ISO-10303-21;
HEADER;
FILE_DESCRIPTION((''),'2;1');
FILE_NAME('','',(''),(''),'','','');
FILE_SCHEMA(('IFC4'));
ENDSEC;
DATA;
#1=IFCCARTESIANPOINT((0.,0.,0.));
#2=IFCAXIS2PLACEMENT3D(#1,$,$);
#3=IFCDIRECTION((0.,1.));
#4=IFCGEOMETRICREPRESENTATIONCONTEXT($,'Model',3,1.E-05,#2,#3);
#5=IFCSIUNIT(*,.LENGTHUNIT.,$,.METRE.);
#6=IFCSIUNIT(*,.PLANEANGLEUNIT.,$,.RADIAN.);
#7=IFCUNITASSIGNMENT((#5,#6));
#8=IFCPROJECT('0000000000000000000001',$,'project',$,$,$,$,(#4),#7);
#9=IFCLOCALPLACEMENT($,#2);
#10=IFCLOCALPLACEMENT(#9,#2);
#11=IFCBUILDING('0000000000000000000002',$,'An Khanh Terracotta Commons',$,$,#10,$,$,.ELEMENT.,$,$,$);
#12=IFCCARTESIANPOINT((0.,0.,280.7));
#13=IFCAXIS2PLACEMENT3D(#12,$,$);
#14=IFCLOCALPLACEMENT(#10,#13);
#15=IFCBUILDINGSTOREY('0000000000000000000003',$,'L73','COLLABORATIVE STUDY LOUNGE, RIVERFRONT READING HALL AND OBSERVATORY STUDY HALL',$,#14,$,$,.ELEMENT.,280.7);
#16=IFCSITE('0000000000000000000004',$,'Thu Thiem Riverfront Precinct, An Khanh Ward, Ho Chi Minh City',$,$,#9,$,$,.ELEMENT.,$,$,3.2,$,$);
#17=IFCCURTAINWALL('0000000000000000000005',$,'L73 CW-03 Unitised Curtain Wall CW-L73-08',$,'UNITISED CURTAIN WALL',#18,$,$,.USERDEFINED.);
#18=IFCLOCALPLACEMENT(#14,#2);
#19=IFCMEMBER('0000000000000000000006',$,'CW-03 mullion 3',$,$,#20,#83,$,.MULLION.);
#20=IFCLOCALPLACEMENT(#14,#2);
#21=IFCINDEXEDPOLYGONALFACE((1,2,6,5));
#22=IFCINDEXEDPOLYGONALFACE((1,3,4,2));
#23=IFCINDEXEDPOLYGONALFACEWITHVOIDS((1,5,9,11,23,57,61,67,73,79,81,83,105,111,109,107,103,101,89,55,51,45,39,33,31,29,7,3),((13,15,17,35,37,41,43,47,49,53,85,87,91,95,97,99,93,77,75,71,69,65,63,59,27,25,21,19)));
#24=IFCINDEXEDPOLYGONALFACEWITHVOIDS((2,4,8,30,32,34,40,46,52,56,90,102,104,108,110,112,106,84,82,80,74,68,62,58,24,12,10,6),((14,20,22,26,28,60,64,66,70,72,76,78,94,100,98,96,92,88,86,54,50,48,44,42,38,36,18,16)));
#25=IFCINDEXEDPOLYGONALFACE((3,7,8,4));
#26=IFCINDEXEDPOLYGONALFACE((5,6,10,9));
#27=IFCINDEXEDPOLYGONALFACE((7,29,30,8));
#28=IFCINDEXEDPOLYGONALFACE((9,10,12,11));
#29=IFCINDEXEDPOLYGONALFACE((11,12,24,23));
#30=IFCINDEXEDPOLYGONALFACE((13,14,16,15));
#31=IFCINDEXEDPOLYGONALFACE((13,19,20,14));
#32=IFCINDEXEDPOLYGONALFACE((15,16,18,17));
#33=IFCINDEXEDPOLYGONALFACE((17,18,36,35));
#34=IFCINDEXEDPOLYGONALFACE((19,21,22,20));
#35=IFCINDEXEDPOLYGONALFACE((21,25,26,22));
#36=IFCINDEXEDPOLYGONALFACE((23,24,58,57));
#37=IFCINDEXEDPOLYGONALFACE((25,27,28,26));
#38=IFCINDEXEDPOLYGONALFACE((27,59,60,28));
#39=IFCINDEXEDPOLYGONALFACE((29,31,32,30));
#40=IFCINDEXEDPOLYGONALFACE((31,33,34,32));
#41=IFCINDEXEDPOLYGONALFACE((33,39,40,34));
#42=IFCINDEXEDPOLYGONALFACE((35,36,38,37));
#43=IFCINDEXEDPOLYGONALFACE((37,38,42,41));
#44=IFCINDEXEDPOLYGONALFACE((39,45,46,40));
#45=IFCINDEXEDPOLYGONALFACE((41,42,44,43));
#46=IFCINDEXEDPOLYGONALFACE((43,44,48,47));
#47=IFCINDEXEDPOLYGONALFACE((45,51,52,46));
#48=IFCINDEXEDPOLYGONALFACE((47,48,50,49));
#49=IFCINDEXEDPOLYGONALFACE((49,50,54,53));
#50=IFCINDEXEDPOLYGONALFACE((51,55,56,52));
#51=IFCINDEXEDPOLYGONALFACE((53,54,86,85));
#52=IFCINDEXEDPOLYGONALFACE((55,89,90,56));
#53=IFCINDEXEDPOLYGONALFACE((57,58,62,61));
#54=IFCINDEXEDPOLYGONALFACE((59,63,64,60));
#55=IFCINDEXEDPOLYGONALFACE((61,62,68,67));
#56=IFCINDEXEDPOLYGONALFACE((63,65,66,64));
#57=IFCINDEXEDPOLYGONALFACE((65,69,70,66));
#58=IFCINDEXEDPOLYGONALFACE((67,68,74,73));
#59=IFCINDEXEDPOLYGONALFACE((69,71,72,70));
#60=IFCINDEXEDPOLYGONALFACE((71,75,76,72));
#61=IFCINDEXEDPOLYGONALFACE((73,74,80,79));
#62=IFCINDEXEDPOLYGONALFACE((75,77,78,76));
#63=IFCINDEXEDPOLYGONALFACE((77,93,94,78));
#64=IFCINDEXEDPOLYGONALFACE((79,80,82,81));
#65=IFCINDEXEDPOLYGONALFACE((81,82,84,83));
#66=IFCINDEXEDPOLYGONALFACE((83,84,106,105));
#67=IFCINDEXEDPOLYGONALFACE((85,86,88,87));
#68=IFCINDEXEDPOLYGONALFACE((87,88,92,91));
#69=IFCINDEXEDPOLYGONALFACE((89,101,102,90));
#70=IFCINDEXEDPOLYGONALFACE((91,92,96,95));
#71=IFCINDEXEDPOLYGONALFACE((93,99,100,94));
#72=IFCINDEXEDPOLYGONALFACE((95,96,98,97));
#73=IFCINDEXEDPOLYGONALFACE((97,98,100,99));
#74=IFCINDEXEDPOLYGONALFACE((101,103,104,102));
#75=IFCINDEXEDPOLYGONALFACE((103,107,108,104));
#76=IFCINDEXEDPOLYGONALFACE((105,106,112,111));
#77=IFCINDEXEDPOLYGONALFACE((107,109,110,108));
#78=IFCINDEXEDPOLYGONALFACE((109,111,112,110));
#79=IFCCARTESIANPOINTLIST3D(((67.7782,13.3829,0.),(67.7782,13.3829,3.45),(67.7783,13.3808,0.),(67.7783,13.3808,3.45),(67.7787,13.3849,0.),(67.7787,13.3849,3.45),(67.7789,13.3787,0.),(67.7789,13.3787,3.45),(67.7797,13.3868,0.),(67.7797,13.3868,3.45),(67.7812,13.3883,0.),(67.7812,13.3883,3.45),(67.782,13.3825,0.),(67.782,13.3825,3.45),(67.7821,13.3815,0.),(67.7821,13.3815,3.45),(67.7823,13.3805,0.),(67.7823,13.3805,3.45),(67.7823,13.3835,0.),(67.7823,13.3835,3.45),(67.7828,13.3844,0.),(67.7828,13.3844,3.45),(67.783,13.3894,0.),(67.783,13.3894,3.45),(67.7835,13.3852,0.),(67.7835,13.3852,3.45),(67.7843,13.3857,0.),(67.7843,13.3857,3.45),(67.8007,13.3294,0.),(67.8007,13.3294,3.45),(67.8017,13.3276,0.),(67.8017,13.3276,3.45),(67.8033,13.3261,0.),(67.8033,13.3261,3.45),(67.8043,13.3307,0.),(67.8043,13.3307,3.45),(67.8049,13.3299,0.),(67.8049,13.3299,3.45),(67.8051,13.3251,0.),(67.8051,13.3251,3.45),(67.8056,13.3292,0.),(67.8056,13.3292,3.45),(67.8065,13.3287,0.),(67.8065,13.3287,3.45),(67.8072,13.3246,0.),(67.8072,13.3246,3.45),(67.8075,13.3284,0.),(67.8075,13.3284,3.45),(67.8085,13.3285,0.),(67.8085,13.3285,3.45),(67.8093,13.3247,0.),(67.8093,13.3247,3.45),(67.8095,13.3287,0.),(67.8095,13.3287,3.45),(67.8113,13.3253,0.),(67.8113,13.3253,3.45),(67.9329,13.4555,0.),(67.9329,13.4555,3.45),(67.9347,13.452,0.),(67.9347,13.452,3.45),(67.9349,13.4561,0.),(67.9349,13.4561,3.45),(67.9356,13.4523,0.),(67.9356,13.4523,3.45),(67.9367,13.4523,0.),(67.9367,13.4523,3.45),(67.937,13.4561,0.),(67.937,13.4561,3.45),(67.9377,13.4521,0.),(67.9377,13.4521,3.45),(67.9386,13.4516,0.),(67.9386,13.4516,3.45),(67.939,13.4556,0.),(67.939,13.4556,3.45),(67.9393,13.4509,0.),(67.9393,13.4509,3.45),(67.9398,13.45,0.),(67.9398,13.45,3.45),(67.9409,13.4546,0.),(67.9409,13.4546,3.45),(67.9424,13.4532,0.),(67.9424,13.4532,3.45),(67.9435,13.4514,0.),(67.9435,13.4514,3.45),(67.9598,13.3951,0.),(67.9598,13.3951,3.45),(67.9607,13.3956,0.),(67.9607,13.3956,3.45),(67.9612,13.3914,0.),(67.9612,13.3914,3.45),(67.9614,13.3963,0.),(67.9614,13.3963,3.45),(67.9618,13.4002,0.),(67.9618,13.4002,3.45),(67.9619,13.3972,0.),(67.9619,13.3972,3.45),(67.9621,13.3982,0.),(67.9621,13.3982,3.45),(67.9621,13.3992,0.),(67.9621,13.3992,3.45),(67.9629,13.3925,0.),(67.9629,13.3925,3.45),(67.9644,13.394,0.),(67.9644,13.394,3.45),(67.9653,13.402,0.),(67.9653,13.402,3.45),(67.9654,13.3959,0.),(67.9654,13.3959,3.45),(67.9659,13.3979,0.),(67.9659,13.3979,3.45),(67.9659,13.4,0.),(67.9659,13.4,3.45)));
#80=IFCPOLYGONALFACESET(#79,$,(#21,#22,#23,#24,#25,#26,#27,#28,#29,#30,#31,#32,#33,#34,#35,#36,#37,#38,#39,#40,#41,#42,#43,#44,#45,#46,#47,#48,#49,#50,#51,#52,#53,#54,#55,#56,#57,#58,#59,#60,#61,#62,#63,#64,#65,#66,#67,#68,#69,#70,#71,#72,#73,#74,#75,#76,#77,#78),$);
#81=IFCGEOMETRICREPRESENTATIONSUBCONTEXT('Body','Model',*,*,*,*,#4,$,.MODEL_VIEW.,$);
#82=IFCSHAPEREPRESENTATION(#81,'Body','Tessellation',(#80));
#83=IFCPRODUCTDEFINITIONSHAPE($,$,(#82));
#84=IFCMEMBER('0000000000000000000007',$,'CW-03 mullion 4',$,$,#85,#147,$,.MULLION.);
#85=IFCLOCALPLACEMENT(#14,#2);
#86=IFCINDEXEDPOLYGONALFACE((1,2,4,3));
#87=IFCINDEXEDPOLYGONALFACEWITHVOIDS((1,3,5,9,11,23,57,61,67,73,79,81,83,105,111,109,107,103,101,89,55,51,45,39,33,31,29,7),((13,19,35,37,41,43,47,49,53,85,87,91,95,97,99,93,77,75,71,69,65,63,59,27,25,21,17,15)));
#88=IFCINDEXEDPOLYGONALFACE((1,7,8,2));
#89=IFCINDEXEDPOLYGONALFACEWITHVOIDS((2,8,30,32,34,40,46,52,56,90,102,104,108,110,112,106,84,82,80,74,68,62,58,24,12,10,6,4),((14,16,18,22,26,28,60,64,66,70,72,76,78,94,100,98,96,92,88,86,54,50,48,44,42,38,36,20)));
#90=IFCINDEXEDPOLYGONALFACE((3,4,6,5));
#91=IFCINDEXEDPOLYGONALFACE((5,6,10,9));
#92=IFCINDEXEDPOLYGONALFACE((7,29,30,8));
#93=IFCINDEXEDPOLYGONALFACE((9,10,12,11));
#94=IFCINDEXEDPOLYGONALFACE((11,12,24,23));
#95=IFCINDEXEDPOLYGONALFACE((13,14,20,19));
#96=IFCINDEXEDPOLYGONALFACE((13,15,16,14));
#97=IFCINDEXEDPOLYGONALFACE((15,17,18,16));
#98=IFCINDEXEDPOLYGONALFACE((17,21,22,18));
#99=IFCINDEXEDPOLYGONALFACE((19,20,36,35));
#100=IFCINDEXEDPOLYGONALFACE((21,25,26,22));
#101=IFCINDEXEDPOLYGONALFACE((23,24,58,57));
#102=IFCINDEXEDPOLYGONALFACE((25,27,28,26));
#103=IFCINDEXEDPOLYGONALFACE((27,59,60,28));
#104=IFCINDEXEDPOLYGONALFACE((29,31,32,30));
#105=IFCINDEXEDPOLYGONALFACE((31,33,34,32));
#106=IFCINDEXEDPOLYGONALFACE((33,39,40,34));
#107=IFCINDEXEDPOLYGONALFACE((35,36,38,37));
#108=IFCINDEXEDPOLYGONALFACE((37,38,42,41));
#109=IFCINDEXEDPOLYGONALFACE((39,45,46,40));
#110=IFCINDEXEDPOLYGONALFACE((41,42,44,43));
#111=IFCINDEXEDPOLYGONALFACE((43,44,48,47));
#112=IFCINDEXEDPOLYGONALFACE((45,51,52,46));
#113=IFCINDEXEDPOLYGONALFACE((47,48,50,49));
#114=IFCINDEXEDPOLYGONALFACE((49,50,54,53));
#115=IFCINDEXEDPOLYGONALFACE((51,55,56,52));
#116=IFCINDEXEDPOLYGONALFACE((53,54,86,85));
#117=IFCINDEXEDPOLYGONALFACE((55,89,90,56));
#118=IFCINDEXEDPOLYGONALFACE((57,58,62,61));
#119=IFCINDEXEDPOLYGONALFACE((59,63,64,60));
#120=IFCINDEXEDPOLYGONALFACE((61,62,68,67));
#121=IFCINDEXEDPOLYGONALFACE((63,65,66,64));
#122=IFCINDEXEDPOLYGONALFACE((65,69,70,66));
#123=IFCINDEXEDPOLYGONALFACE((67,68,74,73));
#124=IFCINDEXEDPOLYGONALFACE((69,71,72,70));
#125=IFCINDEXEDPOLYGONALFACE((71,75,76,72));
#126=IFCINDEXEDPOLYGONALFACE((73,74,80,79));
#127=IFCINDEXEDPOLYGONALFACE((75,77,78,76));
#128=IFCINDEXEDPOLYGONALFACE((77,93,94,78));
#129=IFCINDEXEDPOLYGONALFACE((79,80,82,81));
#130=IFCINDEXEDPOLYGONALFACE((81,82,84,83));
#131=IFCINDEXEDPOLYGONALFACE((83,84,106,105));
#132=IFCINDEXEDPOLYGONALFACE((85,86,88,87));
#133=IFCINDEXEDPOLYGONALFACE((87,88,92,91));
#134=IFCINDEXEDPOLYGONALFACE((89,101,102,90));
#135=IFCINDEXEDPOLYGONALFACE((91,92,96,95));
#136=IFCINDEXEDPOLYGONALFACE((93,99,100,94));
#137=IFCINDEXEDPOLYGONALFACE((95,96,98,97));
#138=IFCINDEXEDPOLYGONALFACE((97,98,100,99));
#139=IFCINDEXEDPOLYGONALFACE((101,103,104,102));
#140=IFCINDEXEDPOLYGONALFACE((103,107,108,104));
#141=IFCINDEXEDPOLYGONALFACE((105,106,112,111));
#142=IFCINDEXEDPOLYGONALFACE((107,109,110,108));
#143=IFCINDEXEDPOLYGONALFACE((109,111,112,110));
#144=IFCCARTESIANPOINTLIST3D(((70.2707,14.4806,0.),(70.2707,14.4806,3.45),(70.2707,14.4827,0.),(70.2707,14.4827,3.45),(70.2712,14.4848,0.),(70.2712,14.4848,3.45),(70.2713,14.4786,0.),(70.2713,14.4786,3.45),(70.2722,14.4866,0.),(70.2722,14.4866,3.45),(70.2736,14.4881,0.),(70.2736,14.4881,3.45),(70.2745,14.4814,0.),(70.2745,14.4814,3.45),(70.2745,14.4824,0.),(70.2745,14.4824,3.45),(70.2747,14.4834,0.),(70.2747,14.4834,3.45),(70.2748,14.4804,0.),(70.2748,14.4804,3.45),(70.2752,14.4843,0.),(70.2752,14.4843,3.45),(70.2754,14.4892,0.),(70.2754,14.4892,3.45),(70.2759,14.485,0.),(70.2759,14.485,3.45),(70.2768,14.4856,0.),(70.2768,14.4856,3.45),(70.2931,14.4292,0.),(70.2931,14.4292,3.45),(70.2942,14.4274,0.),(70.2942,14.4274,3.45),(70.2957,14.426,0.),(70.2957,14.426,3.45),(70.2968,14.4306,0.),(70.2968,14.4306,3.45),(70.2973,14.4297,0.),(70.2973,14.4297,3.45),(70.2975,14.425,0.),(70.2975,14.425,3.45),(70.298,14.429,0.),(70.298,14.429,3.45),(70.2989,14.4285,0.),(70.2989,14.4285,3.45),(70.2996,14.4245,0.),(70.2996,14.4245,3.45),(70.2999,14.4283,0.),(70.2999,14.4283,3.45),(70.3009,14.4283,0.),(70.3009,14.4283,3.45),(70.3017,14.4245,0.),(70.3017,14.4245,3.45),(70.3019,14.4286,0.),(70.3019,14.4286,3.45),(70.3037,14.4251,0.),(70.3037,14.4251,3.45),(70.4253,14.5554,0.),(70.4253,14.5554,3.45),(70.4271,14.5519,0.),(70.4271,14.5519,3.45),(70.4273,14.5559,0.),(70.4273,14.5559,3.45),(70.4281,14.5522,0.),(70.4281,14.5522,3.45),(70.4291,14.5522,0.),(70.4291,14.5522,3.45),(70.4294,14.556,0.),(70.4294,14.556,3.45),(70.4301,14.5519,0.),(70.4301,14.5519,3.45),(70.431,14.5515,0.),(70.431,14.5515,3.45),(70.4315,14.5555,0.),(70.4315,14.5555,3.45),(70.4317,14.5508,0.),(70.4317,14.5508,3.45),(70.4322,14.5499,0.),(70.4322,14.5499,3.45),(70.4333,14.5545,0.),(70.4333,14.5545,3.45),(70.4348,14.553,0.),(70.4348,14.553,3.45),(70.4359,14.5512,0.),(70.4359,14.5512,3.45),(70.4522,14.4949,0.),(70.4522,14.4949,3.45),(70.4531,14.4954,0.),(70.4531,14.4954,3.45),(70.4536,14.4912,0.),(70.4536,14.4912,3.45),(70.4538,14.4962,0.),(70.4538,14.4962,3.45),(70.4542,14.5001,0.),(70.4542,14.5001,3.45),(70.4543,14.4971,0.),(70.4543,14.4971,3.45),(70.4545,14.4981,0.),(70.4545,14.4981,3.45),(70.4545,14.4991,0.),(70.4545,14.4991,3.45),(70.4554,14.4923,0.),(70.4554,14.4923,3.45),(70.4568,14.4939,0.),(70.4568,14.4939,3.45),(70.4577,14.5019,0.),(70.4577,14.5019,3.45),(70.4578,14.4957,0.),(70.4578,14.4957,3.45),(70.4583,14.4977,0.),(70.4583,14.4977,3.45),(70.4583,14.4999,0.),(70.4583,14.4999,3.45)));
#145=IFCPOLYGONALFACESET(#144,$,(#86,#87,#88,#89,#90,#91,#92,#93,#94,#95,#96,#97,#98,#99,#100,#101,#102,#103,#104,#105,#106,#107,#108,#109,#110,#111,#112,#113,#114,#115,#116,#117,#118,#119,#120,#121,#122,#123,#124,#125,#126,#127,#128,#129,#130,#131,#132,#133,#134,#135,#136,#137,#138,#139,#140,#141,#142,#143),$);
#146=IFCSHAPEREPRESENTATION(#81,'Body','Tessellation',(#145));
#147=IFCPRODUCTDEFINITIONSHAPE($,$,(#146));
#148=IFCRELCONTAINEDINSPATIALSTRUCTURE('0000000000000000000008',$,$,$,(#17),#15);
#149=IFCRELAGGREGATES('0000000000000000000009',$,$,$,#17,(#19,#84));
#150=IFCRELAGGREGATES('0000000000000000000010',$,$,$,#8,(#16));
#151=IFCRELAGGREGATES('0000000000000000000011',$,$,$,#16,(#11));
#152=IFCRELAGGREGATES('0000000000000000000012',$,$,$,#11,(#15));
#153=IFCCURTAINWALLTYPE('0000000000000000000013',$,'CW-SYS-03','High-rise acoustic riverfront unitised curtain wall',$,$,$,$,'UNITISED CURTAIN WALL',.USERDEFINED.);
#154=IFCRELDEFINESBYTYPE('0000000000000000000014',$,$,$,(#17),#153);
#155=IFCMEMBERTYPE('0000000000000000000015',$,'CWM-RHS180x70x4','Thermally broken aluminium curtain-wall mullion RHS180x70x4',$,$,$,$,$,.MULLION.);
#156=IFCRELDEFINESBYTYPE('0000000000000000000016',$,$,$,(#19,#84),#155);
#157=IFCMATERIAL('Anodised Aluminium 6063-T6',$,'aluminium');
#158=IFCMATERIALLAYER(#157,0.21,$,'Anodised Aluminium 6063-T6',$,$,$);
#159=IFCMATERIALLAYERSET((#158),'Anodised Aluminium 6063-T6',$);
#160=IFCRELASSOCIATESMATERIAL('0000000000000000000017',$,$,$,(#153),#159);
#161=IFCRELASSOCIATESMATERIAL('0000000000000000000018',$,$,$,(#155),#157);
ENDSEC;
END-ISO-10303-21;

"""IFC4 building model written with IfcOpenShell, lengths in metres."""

from ifc_helpers import new_model, si_unit, direction, frame, origin, origin_2d, place, context, subcontext, project, spatial, hollow_rectangle, extrude, material, layer, layer_set, material_profile, profile_set, type_object, element, aggregate, save


model = new_model("IFC4")

# Units and contexts
model_context = context("Model", 3, precision=1e-05, world=origin(), true_north=direction((0.0, 1.0)))
body_context = subcontext(model_context, "Body", "Model", "MODEL_VIEW")
ifc_project = project(units=[si_unit("LENGTHUNIT", "METRE"), si_unit("PLANEANGLEUNIT", "RADIAN")], contexts=[model_context])

# Site, building, storey
site_placement = place(None, origin())
site = spatial("IfcSite", under=ifc_project, at=site_placement, Name="Thu Thiem Riverfront Precinct, An Khanh Ward, Ho Chi Minh City", CompositionType="ELEMENT", RefElevation=3.2)
building_placement = place(site_placement, origin())
building = spatial("IfcBuilding", under=site, at=building_placement, Name="An Khanh Terracotta Commons", CompositionType="ELEMENT")
storey_placement = place(building_placement, frame((0.0, 0.0, 280.7)))
storey = spatial("IfcBuildingStorey", under=building, at=storey_placement, Name="L73", Description="COLLABORATIVE STUDY LOUNGE, RIVERFRONT READING HALL AND OBSERVATORY STUDY HALL", CompositionType="ELEMENT", Elevation=280.7)

# Curtain wall, members
ifc_material_1 = material(Name="Anodised Aluminium 6063-T6", Category="aluminium")
ifc_layer_1 = layer(ifc_material_1, 0.21, Name="Anodised Aluminium 6063-T6")
ifc_layer_set_1 = layer_set([ifc_layer_1], Name="Anodised Aluminium 6063-T6")
curtain_wall_type = type_object("IfcCurtainWallType", Name="CW-SYS-03", Description="High-rise acoustic riverfront unitised curtain wall", ElementType="UNITISED CURTAIN WALL", PredefinedType="USERDEFINED", material=ifc_layer_set_1)
curtain_wall_1_placement = place(storey_placement, origin())
curtain_wall_1 = element("IfcCurtainWall", 1, at=curtain_wall_1_placement, inside=storey, type_object=curtain_wall_type, Name="L73 CW-03 Unitised Curtain Wall CW-L73-08", ObjectType="UNITISED CURTAIN WALL", PredefinedType="USERDEFINED")
ifc_material_profile_1 = material_profile(ifc_material_1, hollow_rectangle(XDim=0.0701, YDim=0.1799, WallThickness=0.0039, InnerFilletRadius=0.0039, OuterFilletRadius=0.0081, at=origin_2d()), Name="RHS180x70x4")
ifc_profile_set_1 = profile_set([ifc_material_profile_1], Name="Anodised Aluminium 6063-T6")
member_type_1 = type_object("IfcMemberType", Name="CWM-RHS180x70x4", Description="Thermally broken aluminium curtain-wall mullion RHS180x70x4", PredefinedType="MULLION", material=ifc_profile_set_1)
member_1_placement = place(storey_placement, frame((67.8721, 13.3904, 0.0), z_axis=(0.0, 0.0, 1.0), x_axis=(-0.403676, 0.914902, 0.0)))
member_1 = element("IfcMember", 2, at=member_1_placement, type_object=member_type_1, Name="CW-03 mullion 3", PredefinedType="MULLION", context=body_context, shape_type="SweptSolid", body=[
    extrude(hollow_rectangle(XDim=0.0701, YDim=0.1799, WallThickness=0.0039, InnerFilletRadius=0.0039, OuterFilletRadius=0.0081, at=origin_2d()), origin(), (0.0, 0.0, 1.0), 3.45),
])
member_2_placement = place(storey_placement, frame((70.3645, 14.4902, 0.0), z_axis=(0.0, 0.0, 1.0), x_axis=(-0.403676, 0.914902, 0.0)))
member_2 = element("IfcMember", 3, at=member_2_placement, type_object=member_type_1, Name="CW-03 mullion 4", PredefinedType="MULLION", context=body_context, shape_type="SweptSolid", body=[
    extrude(hollow_rectangle(XDim=0.0701, YDim=0.1799, WallThickness=0.0039, InnerFilletRadius=0.0039, OuterFilletRadius=0.0081, at=origin_2d()), origin(), (0.0, 0.0, 1.0), 3.45),
])

aggregate(curtain_wall_1, [member_1, member_2])

save(model, "model.ifc")
